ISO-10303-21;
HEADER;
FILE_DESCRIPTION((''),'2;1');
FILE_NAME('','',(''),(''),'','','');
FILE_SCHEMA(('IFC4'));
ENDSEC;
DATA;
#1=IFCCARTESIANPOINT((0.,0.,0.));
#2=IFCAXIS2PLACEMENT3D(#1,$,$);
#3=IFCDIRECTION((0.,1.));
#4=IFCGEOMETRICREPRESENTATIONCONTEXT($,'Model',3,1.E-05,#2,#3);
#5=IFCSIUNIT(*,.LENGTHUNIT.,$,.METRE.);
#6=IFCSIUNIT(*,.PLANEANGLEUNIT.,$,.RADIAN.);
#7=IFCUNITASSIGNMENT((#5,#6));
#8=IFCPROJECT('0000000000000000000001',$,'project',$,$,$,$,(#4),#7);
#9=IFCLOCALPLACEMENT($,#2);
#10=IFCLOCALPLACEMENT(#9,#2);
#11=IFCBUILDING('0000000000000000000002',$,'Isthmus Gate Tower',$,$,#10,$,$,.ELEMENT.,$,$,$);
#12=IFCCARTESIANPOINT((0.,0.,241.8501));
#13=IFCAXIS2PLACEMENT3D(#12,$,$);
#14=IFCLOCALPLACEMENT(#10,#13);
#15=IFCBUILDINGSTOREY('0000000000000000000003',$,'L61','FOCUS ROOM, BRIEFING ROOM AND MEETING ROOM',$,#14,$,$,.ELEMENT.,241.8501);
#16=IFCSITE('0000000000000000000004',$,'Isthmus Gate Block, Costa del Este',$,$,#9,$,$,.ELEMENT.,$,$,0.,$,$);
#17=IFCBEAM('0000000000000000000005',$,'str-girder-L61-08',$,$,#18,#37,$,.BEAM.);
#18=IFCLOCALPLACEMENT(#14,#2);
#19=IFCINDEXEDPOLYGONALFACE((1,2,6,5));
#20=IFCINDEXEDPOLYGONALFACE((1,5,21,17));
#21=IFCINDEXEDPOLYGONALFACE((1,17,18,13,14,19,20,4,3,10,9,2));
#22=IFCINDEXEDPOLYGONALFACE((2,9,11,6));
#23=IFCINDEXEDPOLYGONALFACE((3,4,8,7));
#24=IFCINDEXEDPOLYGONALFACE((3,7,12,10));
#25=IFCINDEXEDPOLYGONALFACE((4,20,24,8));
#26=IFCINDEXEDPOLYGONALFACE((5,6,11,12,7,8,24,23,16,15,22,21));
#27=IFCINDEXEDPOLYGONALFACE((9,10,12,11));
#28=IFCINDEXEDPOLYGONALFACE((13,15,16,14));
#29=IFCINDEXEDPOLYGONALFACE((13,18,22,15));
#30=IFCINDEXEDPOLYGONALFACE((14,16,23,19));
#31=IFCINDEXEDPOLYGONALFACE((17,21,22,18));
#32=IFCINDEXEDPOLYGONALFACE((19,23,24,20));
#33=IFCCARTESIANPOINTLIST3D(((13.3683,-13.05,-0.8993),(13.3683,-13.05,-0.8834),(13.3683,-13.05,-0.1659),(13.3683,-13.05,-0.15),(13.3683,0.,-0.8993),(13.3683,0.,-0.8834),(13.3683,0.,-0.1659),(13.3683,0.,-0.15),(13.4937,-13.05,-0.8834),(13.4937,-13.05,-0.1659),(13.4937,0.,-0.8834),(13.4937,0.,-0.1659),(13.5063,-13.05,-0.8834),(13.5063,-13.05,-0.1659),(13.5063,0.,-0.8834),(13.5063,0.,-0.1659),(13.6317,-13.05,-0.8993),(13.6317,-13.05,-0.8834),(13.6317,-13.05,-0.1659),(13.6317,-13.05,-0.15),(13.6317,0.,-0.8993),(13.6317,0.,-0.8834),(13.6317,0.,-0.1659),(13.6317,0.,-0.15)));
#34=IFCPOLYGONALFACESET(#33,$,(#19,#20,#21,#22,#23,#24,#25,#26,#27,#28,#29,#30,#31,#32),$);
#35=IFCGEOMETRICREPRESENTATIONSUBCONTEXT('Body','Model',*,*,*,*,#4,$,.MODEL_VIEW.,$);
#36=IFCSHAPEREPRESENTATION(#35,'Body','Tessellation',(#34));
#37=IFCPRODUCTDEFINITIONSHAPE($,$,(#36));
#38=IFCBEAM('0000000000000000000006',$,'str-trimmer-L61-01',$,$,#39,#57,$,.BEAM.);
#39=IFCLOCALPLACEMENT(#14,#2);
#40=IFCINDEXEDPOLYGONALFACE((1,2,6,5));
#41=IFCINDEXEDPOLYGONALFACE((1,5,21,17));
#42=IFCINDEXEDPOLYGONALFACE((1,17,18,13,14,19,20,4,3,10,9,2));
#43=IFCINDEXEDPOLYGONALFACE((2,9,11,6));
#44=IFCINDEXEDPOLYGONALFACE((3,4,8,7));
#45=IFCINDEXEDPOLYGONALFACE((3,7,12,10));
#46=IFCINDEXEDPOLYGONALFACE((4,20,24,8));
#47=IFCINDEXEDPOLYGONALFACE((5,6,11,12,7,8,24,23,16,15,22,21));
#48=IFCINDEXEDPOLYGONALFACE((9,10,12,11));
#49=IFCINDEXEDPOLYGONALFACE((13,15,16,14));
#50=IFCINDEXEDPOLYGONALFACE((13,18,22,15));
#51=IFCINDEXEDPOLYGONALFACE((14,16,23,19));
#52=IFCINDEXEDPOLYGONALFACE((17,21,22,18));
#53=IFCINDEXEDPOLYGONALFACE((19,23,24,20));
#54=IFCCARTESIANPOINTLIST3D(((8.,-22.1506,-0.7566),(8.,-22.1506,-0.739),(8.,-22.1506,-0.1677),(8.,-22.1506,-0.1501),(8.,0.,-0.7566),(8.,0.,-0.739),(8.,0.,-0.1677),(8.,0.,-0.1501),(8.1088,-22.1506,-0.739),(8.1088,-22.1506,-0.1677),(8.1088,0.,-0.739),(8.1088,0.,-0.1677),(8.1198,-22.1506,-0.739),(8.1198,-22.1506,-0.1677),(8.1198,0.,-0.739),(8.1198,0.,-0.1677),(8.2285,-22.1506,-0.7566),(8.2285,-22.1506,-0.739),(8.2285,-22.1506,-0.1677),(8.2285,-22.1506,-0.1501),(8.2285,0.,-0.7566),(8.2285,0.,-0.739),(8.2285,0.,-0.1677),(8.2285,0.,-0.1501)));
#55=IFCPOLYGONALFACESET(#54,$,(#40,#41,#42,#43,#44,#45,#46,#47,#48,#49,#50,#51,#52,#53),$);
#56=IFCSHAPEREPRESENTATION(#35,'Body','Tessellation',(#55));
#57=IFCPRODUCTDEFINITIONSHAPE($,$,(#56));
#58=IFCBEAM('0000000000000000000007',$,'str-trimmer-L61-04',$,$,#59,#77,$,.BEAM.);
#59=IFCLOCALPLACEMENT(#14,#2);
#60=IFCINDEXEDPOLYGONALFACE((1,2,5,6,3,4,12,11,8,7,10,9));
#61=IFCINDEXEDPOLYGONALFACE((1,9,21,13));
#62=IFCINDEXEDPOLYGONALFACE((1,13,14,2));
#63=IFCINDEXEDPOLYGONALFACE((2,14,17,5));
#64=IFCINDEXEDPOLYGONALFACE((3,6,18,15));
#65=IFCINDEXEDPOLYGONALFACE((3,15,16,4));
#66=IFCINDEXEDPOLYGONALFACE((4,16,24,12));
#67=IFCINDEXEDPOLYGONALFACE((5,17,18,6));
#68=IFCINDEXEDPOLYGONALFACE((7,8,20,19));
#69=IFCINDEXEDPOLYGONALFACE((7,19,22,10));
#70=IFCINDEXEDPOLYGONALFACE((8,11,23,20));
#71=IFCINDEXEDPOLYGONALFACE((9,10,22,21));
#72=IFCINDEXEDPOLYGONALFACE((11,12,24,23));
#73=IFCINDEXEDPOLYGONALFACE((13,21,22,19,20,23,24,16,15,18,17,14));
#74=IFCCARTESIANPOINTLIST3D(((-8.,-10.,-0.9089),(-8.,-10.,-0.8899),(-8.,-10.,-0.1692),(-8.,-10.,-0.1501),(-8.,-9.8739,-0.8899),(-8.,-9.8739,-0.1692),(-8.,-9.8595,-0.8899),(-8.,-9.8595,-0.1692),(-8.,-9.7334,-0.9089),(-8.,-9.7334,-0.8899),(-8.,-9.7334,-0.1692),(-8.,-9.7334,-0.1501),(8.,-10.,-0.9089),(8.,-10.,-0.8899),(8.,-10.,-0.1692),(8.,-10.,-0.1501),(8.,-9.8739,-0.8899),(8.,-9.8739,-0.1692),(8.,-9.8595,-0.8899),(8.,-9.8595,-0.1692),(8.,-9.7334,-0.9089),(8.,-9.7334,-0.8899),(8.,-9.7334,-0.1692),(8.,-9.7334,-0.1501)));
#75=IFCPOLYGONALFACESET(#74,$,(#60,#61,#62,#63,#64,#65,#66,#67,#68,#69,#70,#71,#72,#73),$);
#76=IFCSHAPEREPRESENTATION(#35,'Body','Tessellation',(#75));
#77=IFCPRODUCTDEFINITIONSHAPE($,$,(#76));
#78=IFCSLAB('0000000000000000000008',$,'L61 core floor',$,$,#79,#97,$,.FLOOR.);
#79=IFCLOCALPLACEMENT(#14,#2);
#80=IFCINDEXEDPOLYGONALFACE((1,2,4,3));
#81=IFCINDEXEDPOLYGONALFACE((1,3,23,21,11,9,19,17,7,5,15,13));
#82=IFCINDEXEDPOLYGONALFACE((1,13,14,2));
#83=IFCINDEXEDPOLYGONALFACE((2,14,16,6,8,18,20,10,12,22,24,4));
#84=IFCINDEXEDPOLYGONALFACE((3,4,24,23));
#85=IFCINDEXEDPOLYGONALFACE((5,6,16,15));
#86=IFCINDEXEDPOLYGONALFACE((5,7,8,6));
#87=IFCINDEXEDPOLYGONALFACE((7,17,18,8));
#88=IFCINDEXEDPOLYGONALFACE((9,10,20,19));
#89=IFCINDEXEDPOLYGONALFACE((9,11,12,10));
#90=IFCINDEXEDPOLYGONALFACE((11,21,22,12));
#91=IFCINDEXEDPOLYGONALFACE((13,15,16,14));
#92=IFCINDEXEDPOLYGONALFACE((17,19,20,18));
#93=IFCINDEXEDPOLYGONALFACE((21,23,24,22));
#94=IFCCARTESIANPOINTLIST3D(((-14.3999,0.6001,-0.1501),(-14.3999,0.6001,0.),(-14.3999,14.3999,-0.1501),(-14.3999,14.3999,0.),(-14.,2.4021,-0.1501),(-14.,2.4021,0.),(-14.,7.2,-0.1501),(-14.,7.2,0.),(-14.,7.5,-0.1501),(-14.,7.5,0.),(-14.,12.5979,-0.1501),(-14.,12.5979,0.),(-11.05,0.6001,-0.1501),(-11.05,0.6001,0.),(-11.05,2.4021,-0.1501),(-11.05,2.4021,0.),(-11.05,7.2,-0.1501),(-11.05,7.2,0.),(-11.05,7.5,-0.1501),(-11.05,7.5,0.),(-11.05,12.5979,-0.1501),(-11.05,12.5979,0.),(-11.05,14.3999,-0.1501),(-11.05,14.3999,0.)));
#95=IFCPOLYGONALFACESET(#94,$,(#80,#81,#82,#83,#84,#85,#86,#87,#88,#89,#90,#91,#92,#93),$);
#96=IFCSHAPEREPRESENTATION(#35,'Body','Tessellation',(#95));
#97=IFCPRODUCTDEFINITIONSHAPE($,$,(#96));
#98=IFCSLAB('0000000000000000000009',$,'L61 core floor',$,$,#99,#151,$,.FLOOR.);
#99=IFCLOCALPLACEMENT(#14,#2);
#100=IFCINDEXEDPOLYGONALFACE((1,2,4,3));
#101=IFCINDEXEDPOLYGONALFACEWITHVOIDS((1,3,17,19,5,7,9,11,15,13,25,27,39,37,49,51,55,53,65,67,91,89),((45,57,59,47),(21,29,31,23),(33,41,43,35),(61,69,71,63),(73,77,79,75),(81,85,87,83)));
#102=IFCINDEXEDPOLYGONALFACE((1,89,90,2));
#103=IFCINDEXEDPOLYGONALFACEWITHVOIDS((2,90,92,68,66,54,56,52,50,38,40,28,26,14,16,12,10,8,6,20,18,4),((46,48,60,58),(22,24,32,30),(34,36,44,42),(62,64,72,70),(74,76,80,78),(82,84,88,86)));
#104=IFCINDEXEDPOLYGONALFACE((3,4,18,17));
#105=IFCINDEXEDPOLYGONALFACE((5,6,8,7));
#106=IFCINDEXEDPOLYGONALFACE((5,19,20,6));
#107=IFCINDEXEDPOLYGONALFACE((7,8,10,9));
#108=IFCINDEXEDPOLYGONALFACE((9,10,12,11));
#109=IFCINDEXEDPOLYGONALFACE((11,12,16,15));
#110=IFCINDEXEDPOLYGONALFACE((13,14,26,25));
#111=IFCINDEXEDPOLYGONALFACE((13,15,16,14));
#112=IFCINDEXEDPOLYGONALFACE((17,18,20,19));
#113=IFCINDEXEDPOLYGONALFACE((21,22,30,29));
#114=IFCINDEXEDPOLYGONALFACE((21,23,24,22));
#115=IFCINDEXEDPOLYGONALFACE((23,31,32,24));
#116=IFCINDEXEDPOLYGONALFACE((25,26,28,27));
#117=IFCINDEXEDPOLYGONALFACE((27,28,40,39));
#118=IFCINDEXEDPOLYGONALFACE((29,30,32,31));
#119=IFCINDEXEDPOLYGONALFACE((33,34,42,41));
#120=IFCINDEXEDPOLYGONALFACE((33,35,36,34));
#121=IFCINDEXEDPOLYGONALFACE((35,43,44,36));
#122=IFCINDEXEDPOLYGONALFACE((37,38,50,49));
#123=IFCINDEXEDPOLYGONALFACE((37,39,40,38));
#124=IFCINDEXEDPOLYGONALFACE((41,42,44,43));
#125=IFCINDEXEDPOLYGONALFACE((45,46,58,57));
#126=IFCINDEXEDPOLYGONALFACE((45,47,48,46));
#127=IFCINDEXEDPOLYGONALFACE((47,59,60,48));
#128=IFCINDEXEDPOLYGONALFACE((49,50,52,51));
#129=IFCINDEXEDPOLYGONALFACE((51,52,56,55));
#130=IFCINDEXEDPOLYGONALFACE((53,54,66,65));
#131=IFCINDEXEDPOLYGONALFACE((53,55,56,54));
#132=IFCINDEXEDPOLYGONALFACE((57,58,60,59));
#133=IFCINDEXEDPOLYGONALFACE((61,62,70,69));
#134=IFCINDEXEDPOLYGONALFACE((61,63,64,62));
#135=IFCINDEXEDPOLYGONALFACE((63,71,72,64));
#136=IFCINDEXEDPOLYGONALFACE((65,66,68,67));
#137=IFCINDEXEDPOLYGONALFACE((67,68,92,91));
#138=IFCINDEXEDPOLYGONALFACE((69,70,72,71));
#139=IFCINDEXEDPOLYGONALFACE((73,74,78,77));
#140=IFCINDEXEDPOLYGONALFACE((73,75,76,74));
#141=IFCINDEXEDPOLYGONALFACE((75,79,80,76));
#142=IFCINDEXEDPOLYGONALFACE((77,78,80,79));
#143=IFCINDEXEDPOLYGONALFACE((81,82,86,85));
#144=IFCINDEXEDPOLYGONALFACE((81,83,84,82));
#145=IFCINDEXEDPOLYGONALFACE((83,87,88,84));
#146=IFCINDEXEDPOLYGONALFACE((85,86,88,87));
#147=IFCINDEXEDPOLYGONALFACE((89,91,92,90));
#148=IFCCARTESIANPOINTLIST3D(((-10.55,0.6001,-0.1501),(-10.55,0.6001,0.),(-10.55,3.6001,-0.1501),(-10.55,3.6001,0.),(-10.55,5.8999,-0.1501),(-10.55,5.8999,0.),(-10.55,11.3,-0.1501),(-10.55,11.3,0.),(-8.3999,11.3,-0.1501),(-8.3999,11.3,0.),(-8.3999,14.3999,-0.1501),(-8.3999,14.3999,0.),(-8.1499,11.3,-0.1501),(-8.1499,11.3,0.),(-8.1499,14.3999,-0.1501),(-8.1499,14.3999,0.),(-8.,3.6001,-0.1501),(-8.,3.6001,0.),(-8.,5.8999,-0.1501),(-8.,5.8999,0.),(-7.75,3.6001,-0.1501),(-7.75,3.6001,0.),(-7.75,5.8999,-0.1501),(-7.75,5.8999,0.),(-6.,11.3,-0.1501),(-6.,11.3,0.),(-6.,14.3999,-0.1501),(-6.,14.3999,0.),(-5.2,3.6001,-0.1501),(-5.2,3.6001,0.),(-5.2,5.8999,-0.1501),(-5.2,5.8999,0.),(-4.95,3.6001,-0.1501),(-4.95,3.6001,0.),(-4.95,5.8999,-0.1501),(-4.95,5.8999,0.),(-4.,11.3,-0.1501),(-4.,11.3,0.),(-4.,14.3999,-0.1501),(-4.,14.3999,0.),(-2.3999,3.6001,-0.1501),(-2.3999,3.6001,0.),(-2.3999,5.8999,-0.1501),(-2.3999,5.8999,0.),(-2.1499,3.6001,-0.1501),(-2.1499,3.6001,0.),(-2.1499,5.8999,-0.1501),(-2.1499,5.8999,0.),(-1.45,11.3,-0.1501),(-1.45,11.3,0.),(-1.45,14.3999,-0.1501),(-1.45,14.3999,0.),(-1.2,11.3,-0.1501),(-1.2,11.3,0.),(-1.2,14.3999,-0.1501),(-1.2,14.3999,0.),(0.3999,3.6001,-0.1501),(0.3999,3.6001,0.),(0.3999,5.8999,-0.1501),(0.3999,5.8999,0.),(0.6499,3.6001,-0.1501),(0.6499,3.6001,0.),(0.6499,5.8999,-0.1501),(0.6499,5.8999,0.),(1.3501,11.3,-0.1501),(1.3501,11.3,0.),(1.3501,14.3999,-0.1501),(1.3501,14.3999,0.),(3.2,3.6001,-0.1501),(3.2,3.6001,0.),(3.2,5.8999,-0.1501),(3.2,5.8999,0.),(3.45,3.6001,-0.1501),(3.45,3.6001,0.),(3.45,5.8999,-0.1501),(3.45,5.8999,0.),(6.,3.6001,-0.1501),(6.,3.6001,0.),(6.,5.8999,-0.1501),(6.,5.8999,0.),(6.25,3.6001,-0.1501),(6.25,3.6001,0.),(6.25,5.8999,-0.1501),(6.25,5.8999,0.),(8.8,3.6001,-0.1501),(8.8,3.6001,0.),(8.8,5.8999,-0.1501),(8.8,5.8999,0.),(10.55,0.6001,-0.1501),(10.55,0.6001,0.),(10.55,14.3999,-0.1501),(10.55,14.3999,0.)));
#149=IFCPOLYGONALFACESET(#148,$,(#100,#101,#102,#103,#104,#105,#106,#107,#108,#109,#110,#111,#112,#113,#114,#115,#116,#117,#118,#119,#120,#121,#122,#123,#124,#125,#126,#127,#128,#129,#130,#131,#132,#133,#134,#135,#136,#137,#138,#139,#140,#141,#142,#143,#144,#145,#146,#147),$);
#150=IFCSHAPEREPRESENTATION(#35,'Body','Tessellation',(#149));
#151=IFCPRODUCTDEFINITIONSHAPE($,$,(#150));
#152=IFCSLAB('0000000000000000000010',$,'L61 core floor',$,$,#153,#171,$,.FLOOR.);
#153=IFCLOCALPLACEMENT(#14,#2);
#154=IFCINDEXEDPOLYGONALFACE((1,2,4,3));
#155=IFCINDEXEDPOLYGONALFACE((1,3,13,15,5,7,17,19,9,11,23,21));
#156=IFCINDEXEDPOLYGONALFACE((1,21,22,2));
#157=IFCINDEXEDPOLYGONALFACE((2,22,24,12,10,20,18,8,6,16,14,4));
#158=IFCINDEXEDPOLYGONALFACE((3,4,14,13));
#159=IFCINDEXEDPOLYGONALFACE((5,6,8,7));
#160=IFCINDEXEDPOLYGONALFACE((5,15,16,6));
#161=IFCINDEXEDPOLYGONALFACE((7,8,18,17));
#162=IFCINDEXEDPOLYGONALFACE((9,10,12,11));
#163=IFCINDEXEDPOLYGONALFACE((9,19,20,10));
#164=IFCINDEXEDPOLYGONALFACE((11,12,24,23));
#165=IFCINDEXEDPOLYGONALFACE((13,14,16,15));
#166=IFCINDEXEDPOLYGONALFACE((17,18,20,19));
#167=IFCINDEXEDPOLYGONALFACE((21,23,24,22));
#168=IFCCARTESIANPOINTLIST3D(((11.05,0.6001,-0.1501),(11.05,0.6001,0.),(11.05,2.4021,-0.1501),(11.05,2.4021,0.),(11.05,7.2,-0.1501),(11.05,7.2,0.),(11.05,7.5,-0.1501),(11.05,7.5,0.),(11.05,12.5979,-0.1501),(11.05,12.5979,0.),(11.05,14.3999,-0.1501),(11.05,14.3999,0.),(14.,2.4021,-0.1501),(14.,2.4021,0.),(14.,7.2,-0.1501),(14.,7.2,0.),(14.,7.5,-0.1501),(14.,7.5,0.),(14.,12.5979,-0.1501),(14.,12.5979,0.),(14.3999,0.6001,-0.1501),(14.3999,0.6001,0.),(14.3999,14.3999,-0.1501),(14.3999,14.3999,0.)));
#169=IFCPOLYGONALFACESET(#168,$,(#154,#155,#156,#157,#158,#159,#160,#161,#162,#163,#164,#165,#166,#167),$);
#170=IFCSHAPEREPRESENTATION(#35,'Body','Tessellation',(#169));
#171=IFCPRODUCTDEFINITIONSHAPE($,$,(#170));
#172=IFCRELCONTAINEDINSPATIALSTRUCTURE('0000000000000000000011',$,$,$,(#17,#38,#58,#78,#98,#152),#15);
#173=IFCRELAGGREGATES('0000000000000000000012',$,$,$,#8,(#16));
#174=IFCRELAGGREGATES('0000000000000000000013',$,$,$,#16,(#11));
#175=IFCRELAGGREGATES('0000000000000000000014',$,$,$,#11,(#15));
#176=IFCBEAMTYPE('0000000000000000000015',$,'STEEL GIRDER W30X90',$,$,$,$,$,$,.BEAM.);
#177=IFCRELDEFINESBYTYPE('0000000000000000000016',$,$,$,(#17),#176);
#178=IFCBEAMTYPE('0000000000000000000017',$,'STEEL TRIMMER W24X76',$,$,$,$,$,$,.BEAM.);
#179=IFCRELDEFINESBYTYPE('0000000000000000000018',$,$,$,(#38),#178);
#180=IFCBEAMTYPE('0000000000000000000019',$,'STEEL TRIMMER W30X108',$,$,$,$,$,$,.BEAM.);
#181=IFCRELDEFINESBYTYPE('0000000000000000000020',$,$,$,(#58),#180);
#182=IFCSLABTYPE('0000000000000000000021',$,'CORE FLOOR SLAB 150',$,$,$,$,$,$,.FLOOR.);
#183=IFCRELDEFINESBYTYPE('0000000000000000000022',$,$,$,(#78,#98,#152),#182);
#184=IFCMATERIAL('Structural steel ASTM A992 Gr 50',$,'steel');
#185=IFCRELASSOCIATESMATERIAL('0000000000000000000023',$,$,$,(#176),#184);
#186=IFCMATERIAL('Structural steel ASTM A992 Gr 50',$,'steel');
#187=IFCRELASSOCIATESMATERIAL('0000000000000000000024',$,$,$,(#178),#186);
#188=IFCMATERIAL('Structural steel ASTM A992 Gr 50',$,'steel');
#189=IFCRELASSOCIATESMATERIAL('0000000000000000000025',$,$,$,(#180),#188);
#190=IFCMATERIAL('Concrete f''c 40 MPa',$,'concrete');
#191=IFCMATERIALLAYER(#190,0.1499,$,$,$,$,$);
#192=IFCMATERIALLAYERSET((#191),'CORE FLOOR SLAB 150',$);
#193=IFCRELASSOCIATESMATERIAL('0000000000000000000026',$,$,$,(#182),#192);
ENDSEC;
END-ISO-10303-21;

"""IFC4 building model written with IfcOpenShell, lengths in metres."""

from ifc_helpers import new_model, si_unit, direction, frame, origin, origin_2d, place, context, subcontext, project, spatial, polyline, i_section, outline, extrude, material, layer, layer_set, material_profile, profile_set, type_object, element, save


model = new_model("IFC4")

# Units and contexts
model_context = context("Model", 3, precision=1e-05, world=origin(), true_north=direction((0.0, 1.0)))
body_context = subcontext(model_context, "Body", "Model", "MODEL_VIEW")
ifc_project = project(units=[si_unit("LENGTHUNIT", "METRE"), si_unit("PLANEANGLEUNIT", "RADIAN")], contexts=[model_context])

# Site, building, storey
site_placement = place(None, origin())
site = spatial("IfcSite", under=ifc_project, at=site_placement, Name="Isthmus Gate Block, Costa del Este", CompositionType="ELEMENT", RefElevation=0.0)
building_placement = place(site_placement, origin())
building = spatial("IfcBuilding", under=site, at=building_placement, Name="Isthmus Gate Tower", CompositionType="ELEMENT")
storey_placement = place(building_placement, frame((0.0, 0.0, 241.8501)))
storey = spatial("IfcBuildingStorey", under=building, at=storey_placement, Name="L61", Description="FOCUS ROOM, BRIEFING ROOM AND MEETING ROOM", CompositionType="ELEMENT", Elevation=241.8501)

# Beams
ifc_material_1 = material(Name="Structural steel ASTM A992 Gr 50", Category="steel")
ifc_material_profile_1 = material_profile(ifc_material_1, i_section(OverallWidth=0.2634, OverallDepth=0.7493, WebThickness=0.0127, FlangeThickness=0.0159, at=origin_2d()), Name="W30X90")
ifc_profile_set_1 = profile_set([ifc_material_profile_1], Name="Structural steel ASTM A992 Gr 50")
beam_type_1 = type_object("IfcBeamType", Name="STEEL GIRDER W30X90", PredefinedType="BEAM", material=ifc_profile_set_1)
beam_1_placement = place(storey_placement, frame((13.5, -13.05, -0.5247), z_axis=(0.0, 1.0, 0.0), x_axis=(-1.0, 0.0, 0.0)))
element("IfcBeam", 1, at=beam_1_placement, inside=storey, type_object=beam_type_1, Name="str-girder-L61-08", PredefinedType="BEAM", context=body_context, shape_type="SweptSolid", body=[
    extrude(i_section(OverallWidth=0.2634, OverallDepth=0.7493, WebThickness=0.0127, FlangeThickness=0.0159, at=origin_2d()), origin(), (0.0, 0.0, 1.0), 13.05),
])
ifc_material_2 = material(Name="Structural steel ASTM A992 Gr 50", Category="steel")
ifc_material_profile_2 = material_profile(ifc_material_2, i_section(OverallWidth=0.2285, OverallDepth=0.6064, WebThickness=0.011, FlangeThickness=0.0176, at=origin_2d()), Name="W24X76")
ifc_profile_set_2 = profile_set([ifc_material_profile_2], Name="Structural steel ASTM A992 Gr 50")
beam_type_2 = type_object("IfcBeamType", Name="STEEL TRIMMER W24X76", PredefinedType="BEAM", material=ifc_profile_set_2)
beam_2_placement = place(storey_placement, frame((8.1143, -22.1506, -0.4534), z_axis=(0.0, 1.0, 0.0), x_axis=(-1.0, 0.0, 0.0)))
element("IfcBeam", 2, at=beam_2_placement, inside=storey, type_object=beam_type_2, Name="str-trimmer-L61-01", PredefinedType="BEAM", context=body_context, shape_type="SweptSolid", body=[
    extrude(i_section(OverallWidth=0.2285, OverallDepth=0.6064, WebThickness=0.011, FlangeThickness=0.0176, at=origin_2d()), origin(), (0.0, 0.0, 1.0), 22.1506),
])
ifc_material_3 = material(Name="Structural steel ASTM A992 Gr 50", Category="steel")
ifc_material_profile_3 = material_profile(ifc_material_3, i_section(OverallWidth=0.2666, OverallDepth=0.7588, WebThickness=0.0144, FlangeThickness=0.019, at=origin_2d()), Name="W30X108")
ifc_profile_set_3 = profile_set([ifc_material_profile_3], Name="Structural steel ASTM A992 Gr 50")
beam_type_3 = type_object("IfcBeamType", Name="STEEL TRIMMER W30X108", PredefinedType="BEAM", material=ifc_profile_set_3)
beam_3_placement = place(storey_placement, frame((8.0, -9.8667, -0.5295), z_axis=(-1.0, 0.0, 0.0), x_axis=(0.0, -1.0, 0.0)))
element("IfcBeam", 3, at=beam_3_placement, inside=storey, type_object=beam_type_3, Name="str-trimmer-L61-04", PredefinedType="BEAM", context=body_context, shape_type="SweptSolid", body=[
    extrude(i_section(OverallWidth=0.2666, OverallDepth=0.7588, WebThickness=0.0144, FlangeThickness=0.019, at=origin_2d()), origin(), (0.0, 0.0, 1.0), 16.0),
])

# Slabs
ifc_material_4 = material(Name="Concrete f'c 40 MPa", Category="concrete")
ifc_layer_1 = layer(ifc_material_4, 0.1499)
ifc_layer_set_1 = layer_set([ifc_layer_1], Name="CORE FLOOR SLAB 150")
slab_type_1 = type_object("IfcSlabType", Name="CORE FLOOR SLAB 150", PredefinedType="FLOOR", material=ifc_layer_set_1)
slab_1_placement = place(storey_placement, frame((0.0, 0.0, -0.1501)))
element("IfcSlab", 4, at=slab_1_placement, inside=storey, type_object=slab_type_1, Name="L61 core floor", PredefinedType="FLOOR", context=body_context, shape_type="SweptSolid", body=[
    extrude(outline(polyline([(-11.05, 0.6001), (-11.05, 2.4021), (-14.0, 2.4021), (-14.0, 7.2), (-11.05, 7.2), (-11.05, 7.5), (-14.0, 7.5), (-14.0, 12.5979), (-11.05, 12.5979), (-11.05, 14.3999), (-14.3999, 14.3999), (-14.3999, 0.6001), (-11.05, 0.6001)])), origin(), (0.0, 0.0, 1.0), 0.1501),
])
slab_2_placement = place(storey_placement, frame((0.0, 0.0, -0.1501)))
element("IfcSlab", 5, at=slab_2_placement, inside=storey, type_object=slab_type_1, Name="L61 core floor", PredefinedType="FLOOR", context=body_context, shape_type="SweptSolid", body=[
    extrude(outline(polyline([(10.55, 14.3999), (1.3501, 14.3999), (1.3501, 11.3), (-1.2, 11.3), (-1.2, 14.3999), (-1.45, 14.3999), (-1.45, 11.3), (-4.0, 11.3), (-4.0, 14.3999), (-6.0, 14.3999), (-6.0, 11.3), (-8.1499, 11.3), (-8.1499, 14.3999), (-8.3999, 14.3999), (-8.3999, 11.3), (-10.55, 11.3), (-10.55, 5.8999), (-8.0, 5.8999), (-8.0, 3.6001), (-10.55, 3.6001), (-10.55, 0.6001), (10.55, 0.6001), (10.55, 14.3999)]), holes=[polyline([(-5.2, 5.8999), (-5.2, 3.6001), (-7.75, 3.6001), (-7.75, 5.8999), (-5.2, 5.8999)]), polyline([(-2.3999, 5.8999), (-2.3999, 3.6001), (-4.95, 3.6001), (-4.95, 5.8999), (-2.3999, 5.8999)]), polyline([(0.3999, 5.8999), (0.3999, 3.6001), (-2.1499, 3.6001), (-2.1499, 5.8999), (0.3999, 5.8999)]), polyline([(3.2, 5.8999), (3.2, 3.6001), (0.6499, 3.6001), (0.6499, 5.8999), (3.2, 5.8999)]), polyline([(6.0, 5.8999), (6.0, 3.6001), (3.45, 3.6001), (3.45, 5.8999), (6.0, 5.8999)]), polyline([(8.8, 5.8999), (8.8, 3.6001), (6.25, 3.6001), (6.25, 5.8999), (8.8, 5.8999)])]), origin(), (0.0, 0.0, 1.0), 0.1501),
])
slab_3_placement = place(storey_placement, frame((0.0, 0.0, -0.1501)))
element("IfcSlab", 6, at=slab_3_placement, inside=storey, type_object=slab_type_1, Name="L61 core floor", PredefinedType="FLOOR", context=body_context, shape_type="SweptSolid", body=[
    extrude(outline(polyline([(11.05, 14.3999), (11.05, 12.5979), (14.0, 12.5979), (14.0, 7.5), (11.05, 7.5), (11.05, 7.2), (14.0, 7.2), (14.0, 2.4021), (11.05, 2.4021), (11.05, 0.6001), (14.3999, 0.6001), (14.3999, 14.3999), (11.05, 14.3999)])), origin(), (0.0, 0.0, 1.0), 0.1501),
])

save(model, "model.ifc")
